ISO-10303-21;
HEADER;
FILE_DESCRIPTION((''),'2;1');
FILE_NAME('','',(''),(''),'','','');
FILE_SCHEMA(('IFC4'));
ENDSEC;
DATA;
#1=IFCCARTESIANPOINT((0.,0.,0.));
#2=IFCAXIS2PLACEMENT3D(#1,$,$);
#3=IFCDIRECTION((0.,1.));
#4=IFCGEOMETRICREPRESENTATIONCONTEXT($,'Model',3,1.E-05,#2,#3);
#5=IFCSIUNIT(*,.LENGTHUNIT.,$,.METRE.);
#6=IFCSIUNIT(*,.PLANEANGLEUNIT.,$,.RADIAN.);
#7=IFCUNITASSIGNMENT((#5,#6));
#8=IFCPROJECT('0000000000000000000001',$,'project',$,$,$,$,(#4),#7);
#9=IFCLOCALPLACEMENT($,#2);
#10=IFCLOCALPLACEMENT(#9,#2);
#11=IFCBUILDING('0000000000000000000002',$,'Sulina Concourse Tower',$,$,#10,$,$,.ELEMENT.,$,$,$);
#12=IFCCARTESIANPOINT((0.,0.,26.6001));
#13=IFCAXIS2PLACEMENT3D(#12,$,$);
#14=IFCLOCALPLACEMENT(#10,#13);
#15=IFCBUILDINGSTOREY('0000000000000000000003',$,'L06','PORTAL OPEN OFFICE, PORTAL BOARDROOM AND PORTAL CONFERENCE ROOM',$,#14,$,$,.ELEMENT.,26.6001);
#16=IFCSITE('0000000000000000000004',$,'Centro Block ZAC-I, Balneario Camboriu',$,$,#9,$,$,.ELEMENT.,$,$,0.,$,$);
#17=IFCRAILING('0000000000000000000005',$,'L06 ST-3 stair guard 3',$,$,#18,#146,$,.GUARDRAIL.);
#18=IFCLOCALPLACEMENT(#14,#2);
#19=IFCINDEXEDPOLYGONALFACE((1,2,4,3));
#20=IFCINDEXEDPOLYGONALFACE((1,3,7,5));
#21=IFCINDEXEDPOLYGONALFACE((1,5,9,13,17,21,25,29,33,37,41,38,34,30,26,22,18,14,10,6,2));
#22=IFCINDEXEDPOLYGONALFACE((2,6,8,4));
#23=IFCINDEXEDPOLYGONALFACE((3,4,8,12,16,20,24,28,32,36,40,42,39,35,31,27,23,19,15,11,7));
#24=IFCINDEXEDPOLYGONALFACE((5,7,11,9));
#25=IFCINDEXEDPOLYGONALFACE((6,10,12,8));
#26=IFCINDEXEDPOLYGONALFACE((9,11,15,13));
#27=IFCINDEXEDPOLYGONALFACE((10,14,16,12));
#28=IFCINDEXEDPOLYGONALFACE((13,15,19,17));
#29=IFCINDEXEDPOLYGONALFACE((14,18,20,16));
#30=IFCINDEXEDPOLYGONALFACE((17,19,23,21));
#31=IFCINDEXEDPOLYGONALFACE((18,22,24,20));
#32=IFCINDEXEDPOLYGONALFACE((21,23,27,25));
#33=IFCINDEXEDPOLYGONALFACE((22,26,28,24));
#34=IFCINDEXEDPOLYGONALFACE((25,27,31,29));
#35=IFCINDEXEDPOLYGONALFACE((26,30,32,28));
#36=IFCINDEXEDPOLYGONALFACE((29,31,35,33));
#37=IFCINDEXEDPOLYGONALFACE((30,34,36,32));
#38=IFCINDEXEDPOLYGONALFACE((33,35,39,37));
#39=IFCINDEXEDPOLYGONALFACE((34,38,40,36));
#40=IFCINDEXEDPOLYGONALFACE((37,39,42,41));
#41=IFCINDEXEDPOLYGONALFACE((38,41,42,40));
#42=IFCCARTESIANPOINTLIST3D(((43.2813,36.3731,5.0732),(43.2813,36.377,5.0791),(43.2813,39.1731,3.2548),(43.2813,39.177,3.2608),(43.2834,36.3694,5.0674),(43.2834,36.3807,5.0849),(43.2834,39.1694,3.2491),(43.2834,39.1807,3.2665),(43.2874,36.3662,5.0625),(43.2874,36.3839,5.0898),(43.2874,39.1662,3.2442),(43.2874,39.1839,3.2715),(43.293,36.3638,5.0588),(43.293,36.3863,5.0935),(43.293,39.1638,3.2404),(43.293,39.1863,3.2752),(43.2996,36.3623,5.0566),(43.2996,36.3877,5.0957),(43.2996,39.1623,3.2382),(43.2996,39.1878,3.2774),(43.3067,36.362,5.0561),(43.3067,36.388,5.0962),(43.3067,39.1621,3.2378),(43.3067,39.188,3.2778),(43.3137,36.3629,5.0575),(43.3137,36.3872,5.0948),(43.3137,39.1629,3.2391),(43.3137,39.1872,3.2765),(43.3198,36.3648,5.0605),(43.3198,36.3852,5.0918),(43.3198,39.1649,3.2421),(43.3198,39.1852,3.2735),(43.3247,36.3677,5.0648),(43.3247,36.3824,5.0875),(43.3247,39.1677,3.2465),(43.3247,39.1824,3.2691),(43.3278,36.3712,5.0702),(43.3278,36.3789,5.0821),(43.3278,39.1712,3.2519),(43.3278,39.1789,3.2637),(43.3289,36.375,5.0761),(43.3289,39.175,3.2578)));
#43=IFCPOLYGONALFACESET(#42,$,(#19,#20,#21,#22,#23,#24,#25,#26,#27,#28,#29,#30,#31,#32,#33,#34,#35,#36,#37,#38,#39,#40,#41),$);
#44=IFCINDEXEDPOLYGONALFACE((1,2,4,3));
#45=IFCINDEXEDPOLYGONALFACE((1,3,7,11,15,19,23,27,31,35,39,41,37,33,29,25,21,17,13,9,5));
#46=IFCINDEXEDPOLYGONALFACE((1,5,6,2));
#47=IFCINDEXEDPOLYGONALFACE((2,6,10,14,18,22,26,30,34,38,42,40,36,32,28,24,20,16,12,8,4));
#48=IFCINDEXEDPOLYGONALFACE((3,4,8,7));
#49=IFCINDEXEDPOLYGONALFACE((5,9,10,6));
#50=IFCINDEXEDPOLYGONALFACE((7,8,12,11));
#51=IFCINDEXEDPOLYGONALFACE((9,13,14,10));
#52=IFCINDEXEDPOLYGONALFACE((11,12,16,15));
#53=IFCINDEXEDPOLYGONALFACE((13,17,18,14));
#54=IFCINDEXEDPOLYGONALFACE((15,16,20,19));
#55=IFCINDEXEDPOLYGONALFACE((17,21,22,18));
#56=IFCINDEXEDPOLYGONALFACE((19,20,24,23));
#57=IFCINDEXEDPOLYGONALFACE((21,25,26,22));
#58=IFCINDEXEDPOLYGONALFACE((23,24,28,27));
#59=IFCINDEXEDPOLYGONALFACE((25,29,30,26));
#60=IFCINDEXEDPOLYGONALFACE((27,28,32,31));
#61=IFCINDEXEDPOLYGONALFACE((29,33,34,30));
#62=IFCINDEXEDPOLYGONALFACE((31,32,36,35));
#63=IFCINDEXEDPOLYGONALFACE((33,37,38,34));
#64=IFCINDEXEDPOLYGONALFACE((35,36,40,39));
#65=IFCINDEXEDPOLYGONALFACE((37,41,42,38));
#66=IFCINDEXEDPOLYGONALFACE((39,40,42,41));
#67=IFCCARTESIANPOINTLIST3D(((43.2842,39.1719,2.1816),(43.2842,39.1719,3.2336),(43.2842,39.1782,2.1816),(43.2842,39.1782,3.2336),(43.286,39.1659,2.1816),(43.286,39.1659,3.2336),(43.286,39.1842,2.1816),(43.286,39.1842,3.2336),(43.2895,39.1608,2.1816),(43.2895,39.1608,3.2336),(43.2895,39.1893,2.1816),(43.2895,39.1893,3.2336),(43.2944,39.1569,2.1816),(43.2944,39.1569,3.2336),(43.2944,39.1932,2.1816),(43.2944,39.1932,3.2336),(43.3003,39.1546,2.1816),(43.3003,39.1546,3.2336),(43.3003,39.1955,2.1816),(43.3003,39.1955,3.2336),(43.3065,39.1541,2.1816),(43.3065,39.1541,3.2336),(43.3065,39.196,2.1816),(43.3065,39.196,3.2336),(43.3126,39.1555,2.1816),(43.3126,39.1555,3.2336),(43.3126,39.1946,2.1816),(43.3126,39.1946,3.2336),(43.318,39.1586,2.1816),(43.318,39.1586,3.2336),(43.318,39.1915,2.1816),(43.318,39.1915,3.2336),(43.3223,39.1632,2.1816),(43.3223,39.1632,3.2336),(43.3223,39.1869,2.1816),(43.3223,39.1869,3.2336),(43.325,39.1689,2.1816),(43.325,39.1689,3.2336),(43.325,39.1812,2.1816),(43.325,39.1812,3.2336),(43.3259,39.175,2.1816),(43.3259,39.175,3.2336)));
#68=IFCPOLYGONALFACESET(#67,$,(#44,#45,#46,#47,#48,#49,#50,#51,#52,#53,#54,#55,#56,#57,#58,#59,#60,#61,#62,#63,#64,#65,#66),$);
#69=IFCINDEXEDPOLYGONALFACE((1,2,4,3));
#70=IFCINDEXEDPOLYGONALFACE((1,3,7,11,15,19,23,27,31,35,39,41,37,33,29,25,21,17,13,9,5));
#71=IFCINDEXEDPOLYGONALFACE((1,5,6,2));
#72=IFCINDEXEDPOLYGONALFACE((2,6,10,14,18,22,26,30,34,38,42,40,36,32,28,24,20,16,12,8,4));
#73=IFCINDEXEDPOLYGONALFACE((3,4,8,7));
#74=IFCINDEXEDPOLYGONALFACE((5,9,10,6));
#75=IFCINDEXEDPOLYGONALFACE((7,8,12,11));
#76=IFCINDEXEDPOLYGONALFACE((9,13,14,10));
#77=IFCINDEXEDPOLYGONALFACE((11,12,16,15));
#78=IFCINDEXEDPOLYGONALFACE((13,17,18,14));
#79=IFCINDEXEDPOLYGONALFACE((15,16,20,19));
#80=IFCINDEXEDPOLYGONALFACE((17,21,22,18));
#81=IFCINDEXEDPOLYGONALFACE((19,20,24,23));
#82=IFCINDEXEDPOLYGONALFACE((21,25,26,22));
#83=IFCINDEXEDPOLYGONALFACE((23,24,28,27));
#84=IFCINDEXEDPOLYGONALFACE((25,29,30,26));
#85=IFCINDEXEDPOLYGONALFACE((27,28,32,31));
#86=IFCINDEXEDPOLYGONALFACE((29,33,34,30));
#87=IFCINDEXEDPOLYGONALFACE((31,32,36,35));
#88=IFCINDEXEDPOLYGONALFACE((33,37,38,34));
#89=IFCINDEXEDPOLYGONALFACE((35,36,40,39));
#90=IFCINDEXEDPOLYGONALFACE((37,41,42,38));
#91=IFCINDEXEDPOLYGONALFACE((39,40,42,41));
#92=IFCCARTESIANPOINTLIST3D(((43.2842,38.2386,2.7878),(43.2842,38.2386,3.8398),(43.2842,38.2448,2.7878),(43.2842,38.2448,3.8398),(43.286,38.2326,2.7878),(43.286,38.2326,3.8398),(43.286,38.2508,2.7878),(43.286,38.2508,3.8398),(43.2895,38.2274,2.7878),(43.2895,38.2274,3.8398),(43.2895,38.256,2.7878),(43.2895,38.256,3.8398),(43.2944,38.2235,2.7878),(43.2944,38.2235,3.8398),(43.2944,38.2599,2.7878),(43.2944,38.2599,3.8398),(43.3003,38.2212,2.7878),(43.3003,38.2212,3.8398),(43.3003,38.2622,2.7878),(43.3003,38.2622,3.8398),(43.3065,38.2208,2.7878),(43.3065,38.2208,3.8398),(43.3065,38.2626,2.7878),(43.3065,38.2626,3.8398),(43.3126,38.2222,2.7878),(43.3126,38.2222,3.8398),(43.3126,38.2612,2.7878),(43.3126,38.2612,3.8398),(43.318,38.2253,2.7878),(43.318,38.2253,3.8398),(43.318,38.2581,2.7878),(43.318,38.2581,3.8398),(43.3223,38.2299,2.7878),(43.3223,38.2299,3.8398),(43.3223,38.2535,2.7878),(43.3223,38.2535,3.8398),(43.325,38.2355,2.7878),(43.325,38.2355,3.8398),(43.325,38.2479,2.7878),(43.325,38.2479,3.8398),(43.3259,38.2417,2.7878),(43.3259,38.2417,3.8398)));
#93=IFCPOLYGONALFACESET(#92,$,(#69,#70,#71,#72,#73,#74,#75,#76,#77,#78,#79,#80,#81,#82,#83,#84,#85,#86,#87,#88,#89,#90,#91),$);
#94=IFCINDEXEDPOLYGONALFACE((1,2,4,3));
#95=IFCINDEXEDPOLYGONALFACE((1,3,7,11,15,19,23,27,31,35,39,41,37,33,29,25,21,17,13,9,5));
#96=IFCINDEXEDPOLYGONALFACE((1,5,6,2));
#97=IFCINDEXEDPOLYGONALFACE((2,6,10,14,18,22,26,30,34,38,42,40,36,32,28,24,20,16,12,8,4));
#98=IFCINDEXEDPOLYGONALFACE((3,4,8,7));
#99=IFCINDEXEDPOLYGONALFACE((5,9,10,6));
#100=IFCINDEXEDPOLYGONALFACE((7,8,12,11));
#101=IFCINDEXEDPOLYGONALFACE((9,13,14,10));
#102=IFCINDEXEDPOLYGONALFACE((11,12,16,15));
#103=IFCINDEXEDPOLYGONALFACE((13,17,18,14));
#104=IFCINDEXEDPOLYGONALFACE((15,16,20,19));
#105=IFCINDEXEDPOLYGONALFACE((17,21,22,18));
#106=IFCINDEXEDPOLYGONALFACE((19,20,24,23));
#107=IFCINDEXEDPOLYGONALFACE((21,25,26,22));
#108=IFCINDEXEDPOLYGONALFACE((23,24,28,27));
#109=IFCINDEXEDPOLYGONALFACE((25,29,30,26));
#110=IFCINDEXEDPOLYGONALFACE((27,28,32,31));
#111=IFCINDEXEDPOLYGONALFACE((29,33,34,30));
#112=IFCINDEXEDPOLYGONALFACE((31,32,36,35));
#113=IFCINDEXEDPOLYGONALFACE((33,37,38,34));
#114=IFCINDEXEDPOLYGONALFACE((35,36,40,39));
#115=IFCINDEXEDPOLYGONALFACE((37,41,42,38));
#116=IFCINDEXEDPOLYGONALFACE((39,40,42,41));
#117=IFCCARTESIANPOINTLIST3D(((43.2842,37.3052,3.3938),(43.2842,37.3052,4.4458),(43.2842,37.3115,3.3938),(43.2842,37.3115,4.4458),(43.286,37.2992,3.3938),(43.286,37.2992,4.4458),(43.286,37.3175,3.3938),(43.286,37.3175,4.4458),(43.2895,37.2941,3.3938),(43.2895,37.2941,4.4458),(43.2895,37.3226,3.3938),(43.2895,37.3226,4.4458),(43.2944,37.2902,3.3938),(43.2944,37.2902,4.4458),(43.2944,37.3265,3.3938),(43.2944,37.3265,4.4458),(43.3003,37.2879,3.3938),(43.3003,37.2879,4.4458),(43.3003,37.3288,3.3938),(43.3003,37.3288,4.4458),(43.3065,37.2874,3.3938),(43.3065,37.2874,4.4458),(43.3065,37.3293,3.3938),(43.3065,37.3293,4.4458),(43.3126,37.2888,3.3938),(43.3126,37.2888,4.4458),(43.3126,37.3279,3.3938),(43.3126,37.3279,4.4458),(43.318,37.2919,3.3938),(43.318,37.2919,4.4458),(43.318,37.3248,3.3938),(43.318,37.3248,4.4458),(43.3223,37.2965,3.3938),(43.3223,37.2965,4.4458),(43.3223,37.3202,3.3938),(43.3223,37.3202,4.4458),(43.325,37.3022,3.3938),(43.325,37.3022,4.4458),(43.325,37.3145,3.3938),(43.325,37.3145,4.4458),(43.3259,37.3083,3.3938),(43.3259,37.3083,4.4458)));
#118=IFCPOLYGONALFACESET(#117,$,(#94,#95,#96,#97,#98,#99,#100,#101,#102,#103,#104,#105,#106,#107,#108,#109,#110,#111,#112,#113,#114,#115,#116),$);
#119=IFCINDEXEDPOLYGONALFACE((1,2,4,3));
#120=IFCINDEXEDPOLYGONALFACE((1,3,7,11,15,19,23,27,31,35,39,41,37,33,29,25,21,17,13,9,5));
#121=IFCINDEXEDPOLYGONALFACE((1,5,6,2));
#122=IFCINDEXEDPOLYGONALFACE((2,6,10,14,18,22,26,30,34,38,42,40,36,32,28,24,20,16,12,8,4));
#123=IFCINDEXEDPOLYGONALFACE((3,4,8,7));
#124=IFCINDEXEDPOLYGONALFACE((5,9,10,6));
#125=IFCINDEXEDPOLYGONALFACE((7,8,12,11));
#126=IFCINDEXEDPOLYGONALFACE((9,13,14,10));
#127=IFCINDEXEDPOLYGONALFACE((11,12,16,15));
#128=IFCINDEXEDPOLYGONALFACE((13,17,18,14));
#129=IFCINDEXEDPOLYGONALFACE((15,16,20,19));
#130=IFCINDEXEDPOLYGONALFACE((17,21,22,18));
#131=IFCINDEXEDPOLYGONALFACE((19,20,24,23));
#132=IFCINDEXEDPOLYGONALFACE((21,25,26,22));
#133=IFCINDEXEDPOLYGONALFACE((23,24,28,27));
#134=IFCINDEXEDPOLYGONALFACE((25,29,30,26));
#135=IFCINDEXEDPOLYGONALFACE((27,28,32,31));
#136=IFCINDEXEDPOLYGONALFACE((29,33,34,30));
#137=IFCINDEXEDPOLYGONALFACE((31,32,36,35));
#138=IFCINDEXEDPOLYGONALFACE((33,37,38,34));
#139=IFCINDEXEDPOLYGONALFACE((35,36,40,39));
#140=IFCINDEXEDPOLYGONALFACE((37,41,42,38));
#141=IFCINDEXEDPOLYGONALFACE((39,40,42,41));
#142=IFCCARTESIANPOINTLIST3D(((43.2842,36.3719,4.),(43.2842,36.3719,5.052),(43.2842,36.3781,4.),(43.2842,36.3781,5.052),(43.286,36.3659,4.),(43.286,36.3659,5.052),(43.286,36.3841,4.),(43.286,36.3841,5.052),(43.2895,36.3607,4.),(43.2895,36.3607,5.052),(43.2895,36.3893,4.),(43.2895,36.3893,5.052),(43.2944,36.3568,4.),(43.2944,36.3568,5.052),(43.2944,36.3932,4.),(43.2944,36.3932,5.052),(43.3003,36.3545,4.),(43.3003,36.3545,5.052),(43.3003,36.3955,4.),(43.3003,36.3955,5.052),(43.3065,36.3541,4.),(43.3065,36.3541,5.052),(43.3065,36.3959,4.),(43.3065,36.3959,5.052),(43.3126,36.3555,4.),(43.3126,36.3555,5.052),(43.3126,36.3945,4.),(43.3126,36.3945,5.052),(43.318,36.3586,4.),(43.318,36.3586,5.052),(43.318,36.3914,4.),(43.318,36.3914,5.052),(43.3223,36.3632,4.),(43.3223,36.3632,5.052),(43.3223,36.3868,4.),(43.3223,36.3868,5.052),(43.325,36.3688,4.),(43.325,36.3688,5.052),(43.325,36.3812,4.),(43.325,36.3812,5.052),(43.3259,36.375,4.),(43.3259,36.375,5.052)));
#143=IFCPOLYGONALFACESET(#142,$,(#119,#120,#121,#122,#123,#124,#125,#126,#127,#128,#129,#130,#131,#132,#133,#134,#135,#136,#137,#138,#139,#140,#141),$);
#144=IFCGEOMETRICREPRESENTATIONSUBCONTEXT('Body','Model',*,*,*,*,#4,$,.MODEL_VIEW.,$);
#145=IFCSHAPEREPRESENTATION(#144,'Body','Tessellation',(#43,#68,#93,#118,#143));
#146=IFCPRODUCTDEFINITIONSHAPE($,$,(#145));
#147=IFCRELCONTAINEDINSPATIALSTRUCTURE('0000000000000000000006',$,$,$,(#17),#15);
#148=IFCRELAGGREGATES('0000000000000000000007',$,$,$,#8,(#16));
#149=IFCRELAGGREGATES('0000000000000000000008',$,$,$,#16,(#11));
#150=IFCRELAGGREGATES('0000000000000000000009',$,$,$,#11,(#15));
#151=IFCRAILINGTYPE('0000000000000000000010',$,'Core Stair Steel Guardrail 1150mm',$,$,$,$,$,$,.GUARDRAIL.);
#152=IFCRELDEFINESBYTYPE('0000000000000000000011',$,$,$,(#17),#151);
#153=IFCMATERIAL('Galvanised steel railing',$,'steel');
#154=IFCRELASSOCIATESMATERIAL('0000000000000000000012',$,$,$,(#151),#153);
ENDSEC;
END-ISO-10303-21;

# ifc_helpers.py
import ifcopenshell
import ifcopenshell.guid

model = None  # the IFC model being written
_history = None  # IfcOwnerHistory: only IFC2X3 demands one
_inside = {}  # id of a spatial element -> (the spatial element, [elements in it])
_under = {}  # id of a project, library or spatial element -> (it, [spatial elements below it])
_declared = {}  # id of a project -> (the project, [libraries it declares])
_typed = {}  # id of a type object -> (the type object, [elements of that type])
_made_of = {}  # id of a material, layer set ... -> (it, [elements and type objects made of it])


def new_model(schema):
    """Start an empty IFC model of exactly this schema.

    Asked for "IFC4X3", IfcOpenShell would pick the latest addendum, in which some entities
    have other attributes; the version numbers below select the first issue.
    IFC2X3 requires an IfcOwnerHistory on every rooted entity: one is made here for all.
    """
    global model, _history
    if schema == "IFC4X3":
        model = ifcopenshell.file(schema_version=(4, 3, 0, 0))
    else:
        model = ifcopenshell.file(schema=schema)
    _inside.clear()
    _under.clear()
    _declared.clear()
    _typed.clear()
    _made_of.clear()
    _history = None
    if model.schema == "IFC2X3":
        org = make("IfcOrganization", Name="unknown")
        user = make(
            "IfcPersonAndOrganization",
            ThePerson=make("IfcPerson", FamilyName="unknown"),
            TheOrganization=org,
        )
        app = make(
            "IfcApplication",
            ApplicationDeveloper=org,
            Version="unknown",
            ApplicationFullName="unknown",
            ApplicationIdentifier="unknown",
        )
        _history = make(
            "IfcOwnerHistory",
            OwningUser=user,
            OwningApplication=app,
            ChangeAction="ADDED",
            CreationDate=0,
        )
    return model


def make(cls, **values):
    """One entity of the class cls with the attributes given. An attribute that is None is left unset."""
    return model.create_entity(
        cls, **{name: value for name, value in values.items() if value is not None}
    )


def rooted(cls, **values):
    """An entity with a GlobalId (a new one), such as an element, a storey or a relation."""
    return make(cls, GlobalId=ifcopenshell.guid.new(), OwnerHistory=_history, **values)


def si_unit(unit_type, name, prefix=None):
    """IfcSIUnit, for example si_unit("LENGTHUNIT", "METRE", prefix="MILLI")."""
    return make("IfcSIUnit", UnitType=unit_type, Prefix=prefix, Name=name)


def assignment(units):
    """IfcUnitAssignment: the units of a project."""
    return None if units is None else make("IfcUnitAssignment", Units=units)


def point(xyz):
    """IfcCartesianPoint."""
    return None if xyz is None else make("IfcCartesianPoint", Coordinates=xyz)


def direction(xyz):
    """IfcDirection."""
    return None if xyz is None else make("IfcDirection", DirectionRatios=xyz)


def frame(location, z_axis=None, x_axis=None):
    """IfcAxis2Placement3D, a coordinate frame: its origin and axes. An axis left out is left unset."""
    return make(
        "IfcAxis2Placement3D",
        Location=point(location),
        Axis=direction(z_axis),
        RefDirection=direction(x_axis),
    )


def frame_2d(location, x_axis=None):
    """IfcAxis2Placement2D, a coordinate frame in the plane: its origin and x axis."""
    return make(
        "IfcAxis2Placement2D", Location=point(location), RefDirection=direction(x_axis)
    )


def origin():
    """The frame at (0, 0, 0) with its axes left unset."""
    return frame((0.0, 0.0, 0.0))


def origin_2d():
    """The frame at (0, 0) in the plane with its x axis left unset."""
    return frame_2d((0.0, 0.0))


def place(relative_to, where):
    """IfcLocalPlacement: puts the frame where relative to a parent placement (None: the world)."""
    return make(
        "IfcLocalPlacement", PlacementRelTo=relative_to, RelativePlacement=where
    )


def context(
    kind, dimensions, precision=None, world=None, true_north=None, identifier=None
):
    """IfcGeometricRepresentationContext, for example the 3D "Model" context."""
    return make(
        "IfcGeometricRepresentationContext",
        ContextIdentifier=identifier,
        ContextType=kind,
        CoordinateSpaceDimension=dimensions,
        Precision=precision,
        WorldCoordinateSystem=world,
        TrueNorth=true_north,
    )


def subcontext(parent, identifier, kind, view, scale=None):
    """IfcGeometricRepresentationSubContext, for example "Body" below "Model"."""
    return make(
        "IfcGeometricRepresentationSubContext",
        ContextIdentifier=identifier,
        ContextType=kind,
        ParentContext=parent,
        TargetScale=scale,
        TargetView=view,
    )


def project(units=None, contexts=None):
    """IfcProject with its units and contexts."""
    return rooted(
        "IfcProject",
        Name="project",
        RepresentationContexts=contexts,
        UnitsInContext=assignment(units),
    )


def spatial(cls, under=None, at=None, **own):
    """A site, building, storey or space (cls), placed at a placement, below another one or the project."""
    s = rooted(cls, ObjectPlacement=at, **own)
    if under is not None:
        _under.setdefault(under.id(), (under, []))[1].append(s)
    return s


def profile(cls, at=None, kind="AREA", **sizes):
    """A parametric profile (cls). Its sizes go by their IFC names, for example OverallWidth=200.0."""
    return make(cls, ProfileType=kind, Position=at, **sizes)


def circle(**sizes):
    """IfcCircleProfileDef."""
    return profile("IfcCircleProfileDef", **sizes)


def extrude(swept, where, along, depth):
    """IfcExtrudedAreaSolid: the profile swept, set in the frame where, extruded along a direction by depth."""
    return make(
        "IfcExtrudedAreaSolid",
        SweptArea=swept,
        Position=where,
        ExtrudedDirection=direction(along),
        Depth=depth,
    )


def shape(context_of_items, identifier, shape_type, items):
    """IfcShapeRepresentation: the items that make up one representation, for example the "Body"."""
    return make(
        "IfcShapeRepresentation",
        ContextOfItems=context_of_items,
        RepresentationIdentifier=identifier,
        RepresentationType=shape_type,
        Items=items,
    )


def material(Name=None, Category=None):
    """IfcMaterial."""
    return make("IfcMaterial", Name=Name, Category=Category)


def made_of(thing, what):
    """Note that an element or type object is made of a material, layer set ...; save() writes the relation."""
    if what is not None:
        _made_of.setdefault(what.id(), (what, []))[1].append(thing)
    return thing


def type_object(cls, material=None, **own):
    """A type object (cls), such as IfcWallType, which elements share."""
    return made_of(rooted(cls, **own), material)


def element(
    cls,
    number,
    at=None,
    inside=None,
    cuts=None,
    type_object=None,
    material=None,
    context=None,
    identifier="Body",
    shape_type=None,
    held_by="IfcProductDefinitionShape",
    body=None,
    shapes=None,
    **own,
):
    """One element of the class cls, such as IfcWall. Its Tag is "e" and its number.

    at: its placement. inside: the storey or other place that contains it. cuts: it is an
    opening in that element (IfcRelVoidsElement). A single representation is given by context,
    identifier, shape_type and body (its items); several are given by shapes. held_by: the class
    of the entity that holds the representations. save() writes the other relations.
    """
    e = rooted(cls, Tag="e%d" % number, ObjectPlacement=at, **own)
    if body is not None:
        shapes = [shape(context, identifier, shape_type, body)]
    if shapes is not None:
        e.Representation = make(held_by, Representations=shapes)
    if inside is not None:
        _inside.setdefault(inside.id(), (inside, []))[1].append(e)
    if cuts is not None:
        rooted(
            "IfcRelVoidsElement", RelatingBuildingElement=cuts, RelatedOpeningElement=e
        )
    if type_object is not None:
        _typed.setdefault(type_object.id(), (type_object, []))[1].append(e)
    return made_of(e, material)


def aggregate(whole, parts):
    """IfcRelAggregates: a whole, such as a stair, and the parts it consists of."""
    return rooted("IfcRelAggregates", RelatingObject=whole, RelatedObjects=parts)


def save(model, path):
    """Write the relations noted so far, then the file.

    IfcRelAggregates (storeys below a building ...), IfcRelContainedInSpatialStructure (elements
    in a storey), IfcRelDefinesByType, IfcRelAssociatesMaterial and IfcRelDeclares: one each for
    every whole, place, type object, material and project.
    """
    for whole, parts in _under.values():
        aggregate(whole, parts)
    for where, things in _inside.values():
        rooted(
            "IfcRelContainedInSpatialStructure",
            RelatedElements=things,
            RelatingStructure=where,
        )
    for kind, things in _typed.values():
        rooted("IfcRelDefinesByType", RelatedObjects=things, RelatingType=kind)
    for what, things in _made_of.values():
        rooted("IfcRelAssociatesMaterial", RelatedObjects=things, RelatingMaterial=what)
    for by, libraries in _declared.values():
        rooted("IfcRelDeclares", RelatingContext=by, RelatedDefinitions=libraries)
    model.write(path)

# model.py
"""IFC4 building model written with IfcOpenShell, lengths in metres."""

from ifc_helpers import new_model, si_unit, direction, frame, origin, origin_2d, place, context, subcontext, project, spatial, circle, extrude, material, type_object, element, save


model = new_model("IFC4")

# Units and contexts
model_context = context("Model", 3, precision=1e-05, world=origin(), true_north=direction((0.0, 1.0)))
body_context = subcontext(model_context, "Body", "Model", "MODEL_VIEW")
ifc_project = project(units=[si_unit("LENGTHUNIT", "METRE"), si_unit("PLANEANGLEUNIT", "RADIAN")], contexts=[model_context])

# Site, building, storey
site_placement = place(None, origin())
site = spatial("IfcSite", under=ifc_project, at=site_placement, Name="Centro Block ZAC-I, Balneario Camboriu", CompositionType="ELEMENT", RefElevation=0.0)
building_placement = place(site_placement, origin())
building = spatial("IfcBuilding", under=site, at=building_placement, Name="Sulina Concourse Tower", CompositionType="ELEMENT")
storey_placement = place(building_placement, frame((0.0, 0.0, 26.6001)))
storey = spatial("IfcBuildingStorey", under=building, at=storey_placement, Name="L06", Description="PORTAL OPEN OFFICE, PORTAL BOARDROOM AND PORTAL CONFERENCE ROOM", CompositionType="ELEMENT", Elevation=26.6001)

# Railing
ifc_material_1 = material(Name="Galvanised steel railing", Category="steel")
railing_type_1 = type_object("IfcRailingType", Name="Core Stair Steel Guardrail 1150mm", PredefinedType="GUARDRAIL", material=ifc_material_1)
railing_1_placement = place(storey_placement, frame((43.3049, 39.175, 2.1816)))
element("IfcRailing", 1, at=railing_1_placement, inside=storey, type_object=railing_type_1, Name="L06 ST-3 stair guard 3", PredefinedType="GUARDRAIL", context=body_context, shape_type="SweptSolid", body=[
    extrude(circle(Radius=0.0239, at=origin_2d()), frame((0.0, 0.0, 1.0762), z_axis=(0.0, -0.838672, 0.544636), x_axis=(1.0, 0.0, 0.0)), (0.0, 0.0, 1.0), 3.3386),
    extrude(circle(Radius=0.021, at=origin_2d()), origin(), (0.0, 0.0, 1.0), 1.052),
    extrude(circle(Radius=0.021, at=origin_2d()), frame((0.0, -0.9333, 0.6062)), (0.0, 0.0, 1.0), 1.052),
    extrude(circle(Radius=0.021, at=origin_2d()), frame((0.0, -1.8667, 1.2122)), (0.0, 0.0, 1.0), 1.052),
    extrude(circle(Radius=0.021, at=origin_2d()), frame((0.0, -2.8, 1.8184)), (0.0, 0.0, 1.0), 1.052),
])

save(model, "model.ifc")
